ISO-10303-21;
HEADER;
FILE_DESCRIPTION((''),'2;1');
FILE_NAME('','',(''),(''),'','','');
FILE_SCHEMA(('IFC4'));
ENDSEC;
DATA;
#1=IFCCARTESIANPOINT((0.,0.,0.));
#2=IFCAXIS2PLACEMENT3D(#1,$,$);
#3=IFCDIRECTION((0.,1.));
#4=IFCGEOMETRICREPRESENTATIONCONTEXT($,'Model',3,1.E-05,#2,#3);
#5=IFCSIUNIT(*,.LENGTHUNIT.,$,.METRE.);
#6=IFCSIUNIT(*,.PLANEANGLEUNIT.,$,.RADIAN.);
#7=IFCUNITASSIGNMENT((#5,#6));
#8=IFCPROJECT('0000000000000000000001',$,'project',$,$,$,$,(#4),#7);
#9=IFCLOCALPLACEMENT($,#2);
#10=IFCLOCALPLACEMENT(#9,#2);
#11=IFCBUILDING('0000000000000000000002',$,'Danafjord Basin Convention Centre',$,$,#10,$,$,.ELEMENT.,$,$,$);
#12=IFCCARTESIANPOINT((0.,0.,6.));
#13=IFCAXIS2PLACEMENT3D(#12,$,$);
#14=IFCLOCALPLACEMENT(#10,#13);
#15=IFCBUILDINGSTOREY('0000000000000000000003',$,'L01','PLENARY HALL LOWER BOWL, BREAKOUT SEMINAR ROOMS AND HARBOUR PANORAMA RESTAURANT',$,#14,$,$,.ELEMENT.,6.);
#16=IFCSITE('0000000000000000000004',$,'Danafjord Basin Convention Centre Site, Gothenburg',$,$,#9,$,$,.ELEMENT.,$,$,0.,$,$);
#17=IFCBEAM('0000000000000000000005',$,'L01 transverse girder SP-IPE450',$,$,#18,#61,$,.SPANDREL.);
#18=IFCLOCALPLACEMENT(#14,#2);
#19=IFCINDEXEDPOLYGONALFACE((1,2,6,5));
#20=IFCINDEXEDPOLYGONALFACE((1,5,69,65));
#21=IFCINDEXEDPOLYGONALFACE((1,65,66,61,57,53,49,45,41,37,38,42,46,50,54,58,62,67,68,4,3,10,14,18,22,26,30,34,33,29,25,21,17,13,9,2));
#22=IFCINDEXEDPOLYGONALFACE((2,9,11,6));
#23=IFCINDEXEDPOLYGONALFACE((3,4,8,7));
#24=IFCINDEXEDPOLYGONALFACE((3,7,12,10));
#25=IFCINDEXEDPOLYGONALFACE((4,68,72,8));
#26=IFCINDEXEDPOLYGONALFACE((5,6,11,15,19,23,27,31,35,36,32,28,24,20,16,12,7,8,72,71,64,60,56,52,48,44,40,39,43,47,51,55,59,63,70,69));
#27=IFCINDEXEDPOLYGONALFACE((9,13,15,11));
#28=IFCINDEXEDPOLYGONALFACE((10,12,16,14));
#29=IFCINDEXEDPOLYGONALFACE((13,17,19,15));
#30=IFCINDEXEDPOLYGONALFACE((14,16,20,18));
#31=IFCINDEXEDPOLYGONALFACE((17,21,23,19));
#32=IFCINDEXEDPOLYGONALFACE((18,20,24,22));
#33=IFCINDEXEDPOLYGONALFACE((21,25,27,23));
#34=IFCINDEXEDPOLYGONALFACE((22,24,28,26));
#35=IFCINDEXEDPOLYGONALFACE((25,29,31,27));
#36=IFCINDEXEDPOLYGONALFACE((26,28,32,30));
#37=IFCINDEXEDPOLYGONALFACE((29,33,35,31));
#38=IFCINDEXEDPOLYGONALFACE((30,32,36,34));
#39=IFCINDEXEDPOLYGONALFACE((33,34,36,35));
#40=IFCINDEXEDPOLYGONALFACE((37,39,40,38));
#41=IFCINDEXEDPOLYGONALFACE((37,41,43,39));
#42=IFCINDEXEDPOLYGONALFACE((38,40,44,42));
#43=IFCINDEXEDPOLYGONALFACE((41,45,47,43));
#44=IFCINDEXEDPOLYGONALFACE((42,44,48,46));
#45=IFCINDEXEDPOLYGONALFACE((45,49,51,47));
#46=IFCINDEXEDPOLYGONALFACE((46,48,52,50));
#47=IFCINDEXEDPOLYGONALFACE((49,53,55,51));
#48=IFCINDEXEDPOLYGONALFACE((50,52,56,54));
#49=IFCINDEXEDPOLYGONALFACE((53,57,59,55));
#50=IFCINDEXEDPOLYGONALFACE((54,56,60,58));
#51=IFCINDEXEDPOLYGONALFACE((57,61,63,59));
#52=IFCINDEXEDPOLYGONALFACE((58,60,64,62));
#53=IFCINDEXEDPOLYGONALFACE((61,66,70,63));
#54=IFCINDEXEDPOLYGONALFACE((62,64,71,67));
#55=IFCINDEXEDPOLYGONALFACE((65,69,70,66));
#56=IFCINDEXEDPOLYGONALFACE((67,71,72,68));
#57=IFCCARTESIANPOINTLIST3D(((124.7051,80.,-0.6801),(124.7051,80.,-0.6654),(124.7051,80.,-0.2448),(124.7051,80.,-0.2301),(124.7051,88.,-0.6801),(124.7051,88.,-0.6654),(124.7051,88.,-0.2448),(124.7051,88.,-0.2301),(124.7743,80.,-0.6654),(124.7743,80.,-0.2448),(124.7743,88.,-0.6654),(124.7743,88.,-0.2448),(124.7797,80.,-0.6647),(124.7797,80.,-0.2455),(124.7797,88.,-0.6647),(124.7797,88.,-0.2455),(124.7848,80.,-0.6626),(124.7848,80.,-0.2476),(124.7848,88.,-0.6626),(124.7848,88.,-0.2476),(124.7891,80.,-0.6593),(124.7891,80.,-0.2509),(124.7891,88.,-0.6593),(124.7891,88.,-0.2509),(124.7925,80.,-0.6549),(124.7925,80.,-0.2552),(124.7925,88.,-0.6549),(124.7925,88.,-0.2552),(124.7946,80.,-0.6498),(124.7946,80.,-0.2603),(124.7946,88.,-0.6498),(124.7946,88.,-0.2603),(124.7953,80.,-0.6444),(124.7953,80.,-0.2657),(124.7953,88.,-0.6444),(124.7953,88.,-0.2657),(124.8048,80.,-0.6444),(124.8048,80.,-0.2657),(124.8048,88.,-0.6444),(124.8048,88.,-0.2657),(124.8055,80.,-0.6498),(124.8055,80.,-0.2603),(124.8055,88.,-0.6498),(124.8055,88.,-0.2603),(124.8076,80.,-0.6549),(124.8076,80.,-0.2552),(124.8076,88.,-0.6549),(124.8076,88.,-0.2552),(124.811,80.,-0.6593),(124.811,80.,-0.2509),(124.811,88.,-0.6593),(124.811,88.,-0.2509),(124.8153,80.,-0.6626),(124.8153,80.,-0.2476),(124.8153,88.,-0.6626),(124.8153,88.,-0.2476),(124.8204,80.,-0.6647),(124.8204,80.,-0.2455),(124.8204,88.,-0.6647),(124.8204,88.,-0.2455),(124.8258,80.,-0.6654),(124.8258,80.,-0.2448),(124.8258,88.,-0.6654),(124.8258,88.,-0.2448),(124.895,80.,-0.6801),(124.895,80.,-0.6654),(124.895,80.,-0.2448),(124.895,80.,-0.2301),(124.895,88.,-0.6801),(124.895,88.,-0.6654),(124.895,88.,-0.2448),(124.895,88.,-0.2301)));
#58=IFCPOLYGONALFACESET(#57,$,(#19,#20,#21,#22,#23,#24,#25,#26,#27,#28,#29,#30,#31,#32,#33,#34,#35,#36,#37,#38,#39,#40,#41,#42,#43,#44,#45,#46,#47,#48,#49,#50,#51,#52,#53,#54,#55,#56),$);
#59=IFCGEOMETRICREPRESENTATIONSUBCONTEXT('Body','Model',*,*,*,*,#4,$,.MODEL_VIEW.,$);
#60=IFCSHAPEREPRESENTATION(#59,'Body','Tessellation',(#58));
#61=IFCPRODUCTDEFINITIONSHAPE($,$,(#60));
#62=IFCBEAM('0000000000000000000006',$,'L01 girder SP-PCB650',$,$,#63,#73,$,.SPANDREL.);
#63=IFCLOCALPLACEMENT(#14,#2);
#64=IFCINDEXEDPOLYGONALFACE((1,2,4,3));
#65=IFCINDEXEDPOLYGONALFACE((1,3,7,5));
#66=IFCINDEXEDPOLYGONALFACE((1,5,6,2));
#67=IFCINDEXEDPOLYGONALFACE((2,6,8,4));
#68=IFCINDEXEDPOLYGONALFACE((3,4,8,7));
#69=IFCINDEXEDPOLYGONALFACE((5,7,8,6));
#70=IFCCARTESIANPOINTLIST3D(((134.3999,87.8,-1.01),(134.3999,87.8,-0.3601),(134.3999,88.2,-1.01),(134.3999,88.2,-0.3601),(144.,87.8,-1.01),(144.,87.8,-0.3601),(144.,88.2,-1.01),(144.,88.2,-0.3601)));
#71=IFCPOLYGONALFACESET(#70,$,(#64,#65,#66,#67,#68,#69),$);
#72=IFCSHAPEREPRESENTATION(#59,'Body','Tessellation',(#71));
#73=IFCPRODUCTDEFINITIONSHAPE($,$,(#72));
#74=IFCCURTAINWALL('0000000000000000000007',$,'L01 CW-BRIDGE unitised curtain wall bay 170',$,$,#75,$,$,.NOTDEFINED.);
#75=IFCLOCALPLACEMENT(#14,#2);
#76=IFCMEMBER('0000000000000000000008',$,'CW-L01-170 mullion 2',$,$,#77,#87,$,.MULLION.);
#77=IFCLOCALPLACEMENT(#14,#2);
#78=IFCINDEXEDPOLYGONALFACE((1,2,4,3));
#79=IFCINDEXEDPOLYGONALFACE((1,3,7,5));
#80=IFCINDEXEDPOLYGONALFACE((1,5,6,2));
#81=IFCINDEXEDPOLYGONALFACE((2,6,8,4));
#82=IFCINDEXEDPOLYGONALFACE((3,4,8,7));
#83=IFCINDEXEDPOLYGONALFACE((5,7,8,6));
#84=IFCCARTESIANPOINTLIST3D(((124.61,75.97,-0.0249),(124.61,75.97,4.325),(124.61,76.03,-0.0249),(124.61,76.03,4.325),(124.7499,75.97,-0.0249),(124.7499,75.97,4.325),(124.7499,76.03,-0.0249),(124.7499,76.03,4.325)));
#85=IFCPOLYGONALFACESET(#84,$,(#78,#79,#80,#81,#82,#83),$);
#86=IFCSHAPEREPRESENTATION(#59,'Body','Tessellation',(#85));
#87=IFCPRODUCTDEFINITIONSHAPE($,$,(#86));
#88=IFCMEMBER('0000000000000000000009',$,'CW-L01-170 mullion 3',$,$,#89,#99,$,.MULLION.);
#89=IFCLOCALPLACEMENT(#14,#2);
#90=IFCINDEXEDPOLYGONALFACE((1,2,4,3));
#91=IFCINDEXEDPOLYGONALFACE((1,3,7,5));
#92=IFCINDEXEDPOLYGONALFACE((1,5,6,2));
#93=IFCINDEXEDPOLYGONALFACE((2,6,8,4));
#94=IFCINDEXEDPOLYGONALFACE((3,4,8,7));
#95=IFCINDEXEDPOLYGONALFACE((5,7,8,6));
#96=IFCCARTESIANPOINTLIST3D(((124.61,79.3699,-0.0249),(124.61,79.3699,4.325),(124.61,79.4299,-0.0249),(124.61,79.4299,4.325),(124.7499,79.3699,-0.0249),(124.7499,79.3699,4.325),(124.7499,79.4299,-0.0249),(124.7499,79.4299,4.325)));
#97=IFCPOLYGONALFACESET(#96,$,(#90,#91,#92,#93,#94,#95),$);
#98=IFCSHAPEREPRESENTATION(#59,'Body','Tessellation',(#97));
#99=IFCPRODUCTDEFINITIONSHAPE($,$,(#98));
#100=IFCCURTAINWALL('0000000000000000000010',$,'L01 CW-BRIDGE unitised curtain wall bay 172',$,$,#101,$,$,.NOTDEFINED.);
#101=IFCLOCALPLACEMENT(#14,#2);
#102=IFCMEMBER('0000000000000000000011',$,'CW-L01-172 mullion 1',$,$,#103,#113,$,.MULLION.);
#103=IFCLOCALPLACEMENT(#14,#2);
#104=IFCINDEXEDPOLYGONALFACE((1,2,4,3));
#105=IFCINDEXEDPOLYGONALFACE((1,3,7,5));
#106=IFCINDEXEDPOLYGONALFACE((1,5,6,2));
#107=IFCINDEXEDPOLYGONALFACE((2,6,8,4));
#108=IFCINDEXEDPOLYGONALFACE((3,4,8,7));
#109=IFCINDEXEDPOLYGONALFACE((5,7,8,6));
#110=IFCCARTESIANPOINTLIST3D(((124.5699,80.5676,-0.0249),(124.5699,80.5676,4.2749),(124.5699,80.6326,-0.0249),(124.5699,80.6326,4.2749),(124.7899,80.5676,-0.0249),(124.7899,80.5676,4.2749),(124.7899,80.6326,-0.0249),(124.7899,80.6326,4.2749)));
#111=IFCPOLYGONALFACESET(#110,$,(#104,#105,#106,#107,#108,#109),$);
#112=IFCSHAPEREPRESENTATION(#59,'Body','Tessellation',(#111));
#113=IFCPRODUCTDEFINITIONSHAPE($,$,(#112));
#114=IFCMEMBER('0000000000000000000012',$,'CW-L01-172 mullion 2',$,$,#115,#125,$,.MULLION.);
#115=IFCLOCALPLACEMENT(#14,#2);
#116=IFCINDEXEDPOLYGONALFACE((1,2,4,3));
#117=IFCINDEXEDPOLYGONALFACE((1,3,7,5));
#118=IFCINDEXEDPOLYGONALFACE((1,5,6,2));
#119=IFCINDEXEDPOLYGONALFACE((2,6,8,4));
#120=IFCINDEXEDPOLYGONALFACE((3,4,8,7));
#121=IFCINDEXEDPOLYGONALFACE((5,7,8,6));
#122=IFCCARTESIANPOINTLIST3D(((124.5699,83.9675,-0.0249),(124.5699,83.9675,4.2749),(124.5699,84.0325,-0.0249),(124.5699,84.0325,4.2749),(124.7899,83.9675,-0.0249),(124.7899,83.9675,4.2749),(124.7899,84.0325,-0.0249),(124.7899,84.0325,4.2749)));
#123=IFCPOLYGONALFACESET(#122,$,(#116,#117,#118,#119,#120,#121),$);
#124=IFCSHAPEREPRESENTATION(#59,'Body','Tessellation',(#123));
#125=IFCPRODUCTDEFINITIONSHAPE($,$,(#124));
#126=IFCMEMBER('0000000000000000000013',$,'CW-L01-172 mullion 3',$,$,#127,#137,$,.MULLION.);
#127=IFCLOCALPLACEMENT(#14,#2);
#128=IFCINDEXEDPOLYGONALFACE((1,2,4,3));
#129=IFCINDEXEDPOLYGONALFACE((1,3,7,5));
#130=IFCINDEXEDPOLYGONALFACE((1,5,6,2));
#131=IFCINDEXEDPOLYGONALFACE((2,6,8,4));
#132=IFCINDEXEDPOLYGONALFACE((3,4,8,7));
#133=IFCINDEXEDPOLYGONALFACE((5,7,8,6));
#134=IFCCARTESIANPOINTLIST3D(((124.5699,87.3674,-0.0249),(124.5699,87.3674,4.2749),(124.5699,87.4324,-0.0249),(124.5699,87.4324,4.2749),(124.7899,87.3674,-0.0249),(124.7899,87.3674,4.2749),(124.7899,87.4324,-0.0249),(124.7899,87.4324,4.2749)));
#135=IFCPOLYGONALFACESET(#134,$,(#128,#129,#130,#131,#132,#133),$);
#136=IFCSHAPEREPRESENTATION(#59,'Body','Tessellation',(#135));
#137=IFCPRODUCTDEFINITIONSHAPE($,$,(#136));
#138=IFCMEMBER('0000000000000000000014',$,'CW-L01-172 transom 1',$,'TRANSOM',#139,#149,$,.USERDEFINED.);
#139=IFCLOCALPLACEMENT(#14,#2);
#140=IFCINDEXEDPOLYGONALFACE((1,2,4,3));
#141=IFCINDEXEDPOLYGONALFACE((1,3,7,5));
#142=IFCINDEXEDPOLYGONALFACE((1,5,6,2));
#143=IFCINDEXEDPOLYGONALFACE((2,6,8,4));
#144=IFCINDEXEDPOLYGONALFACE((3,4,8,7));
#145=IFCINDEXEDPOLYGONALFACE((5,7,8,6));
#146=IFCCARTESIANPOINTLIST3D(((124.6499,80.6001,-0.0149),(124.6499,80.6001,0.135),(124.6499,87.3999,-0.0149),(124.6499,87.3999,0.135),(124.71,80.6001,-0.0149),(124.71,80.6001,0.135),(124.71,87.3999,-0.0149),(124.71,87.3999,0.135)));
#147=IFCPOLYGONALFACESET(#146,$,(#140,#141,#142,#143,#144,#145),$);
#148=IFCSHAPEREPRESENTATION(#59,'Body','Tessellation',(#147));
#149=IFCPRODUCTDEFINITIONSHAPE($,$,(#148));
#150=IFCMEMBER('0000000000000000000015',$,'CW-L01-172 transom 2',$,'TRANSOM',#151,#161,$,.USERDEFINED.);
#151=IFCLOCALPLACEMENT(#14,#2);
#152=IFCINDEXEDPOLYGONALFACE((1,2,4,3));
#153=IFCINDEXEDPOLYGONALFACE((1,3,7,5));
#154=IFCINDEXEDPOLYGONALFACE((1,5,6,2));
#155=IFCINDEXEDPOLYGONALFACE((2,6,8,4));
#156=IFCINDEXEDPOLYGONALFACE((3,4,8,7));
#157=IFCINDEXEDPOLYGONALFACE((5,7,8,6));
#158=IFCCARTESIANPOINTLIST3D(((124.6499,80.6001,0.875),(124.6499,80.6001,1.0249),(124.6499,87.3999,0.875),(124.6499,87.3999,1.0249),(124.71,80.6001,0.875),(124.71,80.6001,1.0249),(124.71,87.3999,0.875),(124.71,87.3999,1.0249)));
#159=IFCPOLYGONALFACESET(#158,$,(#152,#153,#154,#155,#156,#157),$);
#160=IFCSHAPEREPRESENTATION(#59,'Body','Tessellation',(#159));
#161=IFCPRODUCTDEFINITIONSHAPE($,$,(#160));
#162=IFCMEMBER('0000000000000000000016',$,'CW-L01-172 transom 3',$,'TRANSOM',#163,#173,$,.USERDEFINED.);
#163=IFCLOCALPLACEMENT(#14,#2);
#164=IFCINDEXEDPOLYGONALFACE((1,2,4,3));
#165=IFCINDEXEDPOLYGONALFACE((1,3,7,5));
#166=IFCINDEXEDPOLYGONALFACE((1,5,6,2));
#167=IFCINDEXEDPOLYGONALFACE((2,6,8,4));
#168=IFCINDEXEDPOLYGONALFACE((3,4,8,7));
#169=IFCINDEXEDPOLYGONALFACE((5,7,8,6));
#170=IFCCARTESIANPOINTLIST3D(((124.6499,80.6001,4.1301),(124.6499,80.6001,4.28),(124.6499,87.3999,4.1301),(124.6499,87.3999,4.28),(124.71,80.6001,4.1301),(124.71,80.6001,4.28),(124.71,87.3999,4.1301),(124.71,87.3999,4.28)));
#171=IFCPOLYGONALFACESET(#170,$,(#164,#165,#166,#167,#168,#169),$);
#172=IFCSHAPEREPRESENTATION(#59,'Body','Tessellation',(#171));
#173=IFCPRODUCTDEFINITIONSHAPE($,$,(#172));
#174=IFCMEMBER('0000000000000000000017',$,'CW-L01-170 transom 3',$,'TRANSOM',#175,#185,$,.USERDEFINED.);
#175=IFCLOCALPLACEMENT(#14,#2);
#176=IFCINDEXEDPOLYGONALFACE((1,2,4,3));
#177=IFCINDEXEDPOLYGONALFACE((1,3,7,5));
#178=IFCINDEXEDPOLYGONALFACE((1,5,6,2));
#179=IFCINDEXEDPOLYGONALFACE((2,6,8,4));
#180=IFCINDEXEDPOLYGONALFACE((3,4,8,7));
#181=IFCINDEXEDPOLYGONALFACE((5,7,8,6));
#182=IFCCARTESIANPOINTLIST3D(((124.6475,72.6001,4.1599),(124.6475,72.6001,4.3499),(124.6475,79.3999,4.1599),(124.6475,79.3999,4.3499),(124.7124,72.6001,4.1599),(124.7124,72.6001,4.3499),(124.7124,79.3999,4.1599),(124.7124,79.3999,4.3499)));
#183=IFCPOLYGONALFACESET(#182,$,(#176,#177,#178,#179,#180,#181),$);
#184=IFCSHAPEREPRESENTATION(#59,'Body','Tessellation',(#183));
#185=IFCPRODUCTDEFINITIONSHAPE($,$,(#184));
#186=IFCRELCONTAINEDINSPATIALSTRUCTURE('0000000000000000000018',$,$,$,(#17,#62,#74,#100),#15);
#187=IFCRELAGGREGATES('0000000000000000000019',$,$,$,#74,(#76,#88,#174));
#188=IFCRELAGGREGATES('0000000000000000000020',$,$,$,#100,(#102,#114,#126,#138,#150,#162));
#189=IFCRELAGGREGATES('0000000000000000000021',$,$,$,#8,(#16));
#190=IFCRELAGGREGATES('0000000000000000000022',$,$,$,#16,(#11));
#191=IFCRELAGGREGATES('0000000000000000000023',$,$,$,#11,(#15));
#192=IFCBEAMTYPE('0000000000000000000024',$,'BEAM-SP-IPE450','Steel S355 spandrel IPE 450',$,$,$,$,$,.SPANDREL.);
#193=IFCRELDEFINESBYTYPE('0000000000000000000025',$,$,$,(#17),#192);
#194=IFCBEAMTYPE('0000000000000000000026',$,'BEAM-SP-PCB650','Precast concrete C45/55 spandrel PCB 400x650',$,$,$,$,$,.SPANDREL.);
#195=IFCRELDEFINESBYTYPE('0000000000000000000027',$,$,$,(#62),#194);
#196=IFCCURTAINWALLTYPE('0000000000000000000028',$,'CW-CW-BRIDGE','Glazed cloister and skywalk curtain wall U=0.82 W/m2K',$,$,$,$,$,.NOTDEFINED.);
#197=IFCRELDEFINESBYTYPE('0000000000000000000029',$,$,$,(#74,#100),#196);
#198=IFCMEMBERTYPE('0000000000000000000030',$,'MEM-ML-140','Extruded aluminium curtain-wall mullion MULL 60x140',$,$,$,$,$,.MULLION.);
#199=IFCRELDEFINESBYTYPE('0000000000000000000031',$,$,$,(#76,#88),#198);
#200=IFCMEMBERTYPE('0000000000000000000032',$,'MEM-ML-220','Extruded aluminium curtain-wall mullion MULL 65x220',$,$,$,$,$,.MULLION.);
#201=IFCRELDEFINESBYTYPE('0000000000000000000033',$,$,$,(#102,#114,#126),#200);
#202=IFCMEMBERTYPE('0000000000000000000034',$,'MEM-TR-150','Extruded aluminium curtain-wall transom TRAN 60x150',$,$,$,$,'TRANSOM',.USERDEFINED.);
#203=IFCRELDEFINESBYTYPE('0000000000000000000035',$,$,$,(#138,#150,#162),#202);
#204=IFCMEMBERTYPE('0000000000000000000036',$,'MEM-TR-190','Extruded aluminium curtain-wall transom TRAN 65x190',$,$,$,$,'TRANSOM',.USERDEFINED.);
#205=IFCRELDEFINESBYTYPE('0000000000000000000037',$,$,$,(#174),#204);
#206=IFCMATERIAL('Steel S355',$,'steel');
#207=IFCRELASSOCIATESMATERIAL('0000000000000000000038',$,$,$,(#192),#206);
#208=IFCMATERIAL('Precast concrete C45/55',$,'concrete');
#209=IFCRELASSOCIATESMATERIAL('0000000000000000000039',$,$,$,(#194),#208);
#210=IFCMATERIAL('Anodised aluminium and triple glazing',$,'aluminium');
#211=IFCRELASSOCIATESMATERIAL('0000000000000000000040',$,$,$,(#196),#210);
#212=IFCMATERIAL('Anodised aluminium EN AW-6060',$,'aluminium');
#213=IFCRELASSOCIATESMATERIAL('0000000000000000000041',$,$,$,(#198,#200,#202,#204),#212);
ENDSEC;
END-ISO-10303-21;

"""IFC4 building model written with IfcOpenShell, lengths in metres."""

from ifc_helpers import new_model, si_unit, direction, frame, origin, origin_2d, place, context, subcontext, project, spatial, rectangle, i_section, extrude, material, material_profile, profile_set, type_object, element, aggregate, save


model = new_model("IFC4")

# Units and contexts
model_context = context("Model", 3, precision=1e-05, world=origin(), true_north=direction((0.0, 1.0)))
body_context = subcontext(model_context, "Body", "Model", "MODEL_VIEW")
ifc_project = project(units=[si_unit("LENGTHUNIT", "METRE"), si_unit("PLANEANGLEUNIT", "RADIAN")], contexts=[model_context])

# Site, building, storey
site_placement = place(None, origin())
site = spatial("IfcSite", under=ifc_project, at=site_placement, Name="Danafjord Basin Convention Centre Site, Gothenburg", CompositionType="ELEMENT", RefElevation=0.0)
building_placement = place(site_placement, origin())
building = spatial("IfcBuilding", under=site, at=building_placement, Name="Danafjord Basin Convention Centre", CompositionType="ELEMENT")
storey_placement = place(building_placement, frame((0.0, 0.0, 6.0)))
storey = spatial("IfcBuildingStorey", under=building, at=storey_placement, Name="L01", Description="PLENARY HALL LOWER BOWL, BREAKOUT SEMINAR ROOMS AND HARBOUR PANORAMA RESTAURANT", CompositionType="ELEMENT", Elevation=6.0)

# Shared definitions
ifc_material_1 = material(Name="Steel S355", Category="steel")

# Beams
ifc_material_profile_1 = material_profile(ifc_material_1, i_section(OverallWidth=0.1899, OverallDepth=0.45, WebThickness=0.0095, FlangeThickness=0.0146, FilletRadius=0.021, at=origin_2d()), Name="IPE 450")
ifc_profile_set_1 = profile_set([ifc_material_profile_1], Name="Steel S355")
beam_type_1 = type_object("IfcBeamType", Name="BEAM-SP-IPE450", Description="Steel S355 spandrel IPE 450", PredefinedType="SPANDREL", material=ifc_profile_set_1)
for number, where, z_axis, x_axis, name in (
    (1, (124.8, 80.0, -0.4551), (0.0, 1.0, 0.0), (-1.0, 0.0, 0.0), "L01 transverse girder SP-IPE450"),
):
    element("IfcBeam", number, at=place(storey_placement, frame(where, z_axis=z_axis, x_axis=x_axis)), inside=storey, type_object=beam_type_1, Name=name, PredefinedType="SPANDREL", context=body_context, shape_type="SweptSolid", body=[
        extrude(i_section(OverallWidth=0.1899, OverallDepth=0.45, WebThickness=0.0095, FlangeThickness=0.0146, FilletRadius=0.021, at=origin_2d()), origin(), (0.0, 0.0, 1.0), 8.0),
    ])
ifc_material_2 = material(Name="Precast concrete C45/55", Category="concrete")
ifc_material_profile_2 = material_profile(ifc_material_2, rectangle(XDim=0.3999, YDim=0.6499, at=origin_2d()), Name="PCB 400x650")
ifc_profile_set_2 = profile_set([ifc_material_profile_2], Name="Precast concrete C45/55")
beam_type_2 = type_object("IfcBeamType", Name="BEAM-SP-PCB650", Description="Precast concrete C45/55 spandrel PCB 400x650", PredefinedType="SPANDREL", material=ifc_profile_set_2)
beam_placement = place(storey_placement, frame((134.3999, 88.0, -0.6851), z_axis=(1.0, 0.0, 0.0), x_axis=(0.0, 1.0, 0.0)))
element("IfcBeam", 2, at=beam_placement, inside=storey, type_object=beam_type_2, Name="L01 girder SP-PCB650", PredefinedType="SPANDREL", context=body_context, shape_type="SweptSolid", body=[
    extrude(rectangle(XDim=0.3999, YDim=0.6499, at=origin_2d()), origin(), (0.0, 0.0, 1.0), 9.6001),
])

# Curtain walls, members
ifc_material_3 = material(Name="Anodised aluminium and triple glazing", Category="aluminium")
curtain_wall_type = type_object("IfcCurtainWallType", Name="CW-CW-BRIDGE", Description="Glazed cloister and skywalk curtain wall U=0.82 W/m2K", PredefinedType="NOTDEFINED", material=ifc_material_3)
curtain_wall_1_placement = place(storey_placement, origin())
curtain_wall_1 = element("IfcCurtainWall", 3, at=curtain_wall_1_placement, inside=storey, type_object=curtain_wall_type, Name="L01 CW-BRIDGE unitised curtain wall bay 170", PredefinedType="NOTDEFINED")
ifc_material_4 = material(Name="Anodised aluminium EN AW-6060", Category="aluminium")
ifc_material_profile_3 = material_profile(ifc_material_4, rectangle(XDim=0.0601, YDim=0.1399, at=origin_2d()), Name="MULL 60x140")
ifc_profile_set_3 = profile_set([ifc_material_profile_3], Name="Anodised aluminium EN AW-6060")
member_type_1 = type_object("IfcMemberType", Name="MEM-ML-140", Description="Extruded aluminium curtain-wall mullion MULL 60x140", PredefinedType="MULLION", material=ifc_profile_set_3)
member_1_placement = place(storey_placement, frame((124.6799, 76.0, -0.0249), z_axis=(0.0, 0.0, 1.0), x_axis=(0.0, 1.0, 0.0)))
member_1 = element("IfcMember", 4, at=member_1_placement, type_object=member_type_1, Name="CW-L01-170 mullion 2", PredefinedType="MULLION", context=body_context, shape_type="SweptSolid", body=[
    extrude(rectangle(XDim=0.0601, YDim=0.1399, at=origin_2d()), origin(), (0.0, 0.0, 1.0), 4.3499),
])
member_2_placement = place(storey_placement, frame((124.6799, 79.3999, -0.0249), z_axis=(0.0, 0.0, 1.0), x_axis=(0.0, 1.0, 0.0)))
member_2 = element("IfcMember", 5, at=member_2_placement, type_object=member_type_1, Name="CW-L01-170 mullion 3", PredefinedType="MULLION", context=body_context, shape_type="SweptSolid", body=[
    extrude(rectangle(XDim=0.0601, YDim=0.1399, at=origin_2d()), origin(), (0.0, 0.0, 1.0), 4.3499),
])
curtain_wall_2_placement = place(storey_placement, origin())
curtain_wall_2 = element("IfcCurtainWall", 6, at=curtain_wall_2_placement, inside=storey, type_object=curtain_wall_type, Name="L01 CW-BRIDGE unitised curtain wall bay 172", PredefinedType="NOTDEFINED")
ifc_material_profile_4 = material_profile(ifc_material_4, rectangle(XDim=0.0649, YDim=0.22, at=origin_2d()), Name="MULL 65x220")
ifc_profile_set_4 = profile_set([ifc_material_profile_4], Name="Anodised aluminium EN AW-6060")
member_type_2 = type_object("IfcMemberType", Name="MEM-ML-220", Description="Extruded aluminium curtain-wall mullion MULL 65x220", PredefinedType="MULLION", material=ifc_profile_set_4)
member_3_placement = place(storey_placement, frame((124.6799, 80.6001, -0.0249), z_axis=(0.0, 0.0, 1.0), x_axis=(0.0, 1.0, 0.0)))
member_3 = element("IfcMember", 7, at=member_3_placement, type_object=member_type_2, Name="CW-L01-172 mullion 1", PredefinedType="MULLION", context=body_context, shape_type="SweptSolid", body=[
    extrude(rectangle(XDim=0.0649, YDim=0.22, at=origin_2d()), origin(), (0.0, 0.0, 1.0), 4.2998),
])
member_4_placement = place(storey_placement, frame((124.6799, 84.0, -0.0249), z_axis=(0.0, 0.0, 1.0), x_axis=(0.0, 1.0, 0.0)))
member_4 = element("IfcMember", 8, at=member_4_placement, type_object=member_type_2, Name="CW-L01-172 mullion 2", PredefinedType="MULLION", context=body_context, shape_type="SweptSolid", body=[
    extrude(rectangle(XDim=0.0649, YDim=0.22, at=origin_2d()), origin(), (0.0, 0.0, 1.0), 4.2998),
])
member_5_placement = place(storey_placement, frame((124.6799, 87.3999, -0.0249), z_axis=(0.0, 0.0, 1.0), x_axis=(0.0, 1.0, 0.0)))
member_5 = element("IfcMember", 9, at=member_5_placement, type_object=member_type_2, Name="CW-L01-172 mullion 3", PredefinedType="MULLION", context=body_context, shape_type="SweptSolid", body=[
    extrude(rectangle(XDim=0.0649, YDim=0.22, at=origin_2d()), origin(), (0.0, 0.0, 1.0), 4.2998),
])
ifc_material_profile_5 = material_profile(ifc_material_4, rectangle(XDim=0.0601, YDim=0.1499, at=origin_2d()), Name="TRAN 60x150")
ifc_profile_set_5 = profile_set([ifc_material_profile_5], Name="Anodised aluminium EN AW-6060")
member_type_3 = type_object("IfcMemberType", Name="MEM-TR-150", Description="Extruded aluminium curtain-wall transom TRAN 60x150", ElementType="TRANSOM", PredefinedType="USERDEFINED", material=ifc_profile_set_5)
member_6_placement = place(storey_placement, frame((124.6799, 80.6001, 0.0601), z_axis=(0.0, 1.0, 0.0), x_axis=(-1.0, 0.0, 0.0)))
member_6 = element("IfcMember", 10, at=member_6_placement, type_object=member_type_3, Name="CW-L01-172 transom 1", ObjectType="TRANSOM", PredefinedType="USERDEFINED", context=body_context, shape_type="SweptSolid", body=[
    extrude(rectangle(XDim=0.0601, YDim=0.1499, at=origin_2d()), origin(), (0.0, 0.0, 1.0), 6.7998),
])
member_7_placement = place(storey_placement, frame((124.6799, 80.6001, 0.95), z_axis=(0.0, 1.0, 0.0), x_axis=(-1.0, 0.0, 0.0)))
member_7 = element("IfcMember", 11, at=member_7_placement, type_object=member_type_3, Name="CW-L01-172 transom 2", ObjectType="TRANSOM", PredefinedType="USERDEFINED", context=body_context, shape_type="SweptSolid", body=[
    extrude(rectangle(XDim=0.0601, YDim=0.1499, at=origin_2d()), origin(), (0.0, 0.0, 1.0), 6.7998),
])
member_8_placement = place(storey_placement, frame((124.6799, 80.6001, 4.2051), z_axis=(0.0, 1.0, 0.0), x_axis=(-1.0, 0.0, 0.0)))
member_8 = element("IfcMember", 12, at=member_8_placement, type_object=member_type_3, Name="CW-L01-172 transom 3", ObjectType="TRANSOM", PredefinedType="USERDEFINED", context=body_context, shape_type="SweptSolid", body=[
    extrude(rectangle(XDim=0.0601, YDim=0.1499, at=origin_2d()), origin(), (0.0, 0.0, 1.0), 6.7998),
])

# Member
ifc_material_profile_6 = material_profile(ifc_material_4, rectangle(XDim=0.0649, YDim=0.1899, at=origin_2d()), Name="TRAN 65x190")
ifc_profile_set_6 = profile_set([ifc_material_profile_6], Name="Anodised aluminium EN AW-6060")
member_type_4 = type_object("IfcMemberType", Name="MEM-TR-190", Description="Extruded aluminium curtain-wall transom TRAN 65x190", ElementType="TRANSOM", PredefinedType="USERDEFINED", material=ifc_profile_set_6)
member_9_placement = place(storey_placement, frame((124.6799, 72.6001, 4.2549), z_axis=(0.0, 1.0, 0.0), x_axis=(-1.0, 0.0, 0.0)))
member_9 = element("IfcMember", 13, at=member_9_placement, type_object=member_type_4, Name="CW-L01-170 transom 3", ObjectType="TRANSOM", PredefinedType="USERDEFINED", context=body_context, shape_type="SweptSolid", body=[
    extrude(rectangle(XDim=0.0649, YDim=0.1899, at=origin_2d()), origin(), (0.0, 0.0, 1.0), 6.7998),
])

aggregate(curtain_wall_1, [member_1, member_2, member_9])
aggregate(curtain_wall_2, [member_3, member_4, member_5, member_6, member_7, member_8])

save(model, "model.ifc")
